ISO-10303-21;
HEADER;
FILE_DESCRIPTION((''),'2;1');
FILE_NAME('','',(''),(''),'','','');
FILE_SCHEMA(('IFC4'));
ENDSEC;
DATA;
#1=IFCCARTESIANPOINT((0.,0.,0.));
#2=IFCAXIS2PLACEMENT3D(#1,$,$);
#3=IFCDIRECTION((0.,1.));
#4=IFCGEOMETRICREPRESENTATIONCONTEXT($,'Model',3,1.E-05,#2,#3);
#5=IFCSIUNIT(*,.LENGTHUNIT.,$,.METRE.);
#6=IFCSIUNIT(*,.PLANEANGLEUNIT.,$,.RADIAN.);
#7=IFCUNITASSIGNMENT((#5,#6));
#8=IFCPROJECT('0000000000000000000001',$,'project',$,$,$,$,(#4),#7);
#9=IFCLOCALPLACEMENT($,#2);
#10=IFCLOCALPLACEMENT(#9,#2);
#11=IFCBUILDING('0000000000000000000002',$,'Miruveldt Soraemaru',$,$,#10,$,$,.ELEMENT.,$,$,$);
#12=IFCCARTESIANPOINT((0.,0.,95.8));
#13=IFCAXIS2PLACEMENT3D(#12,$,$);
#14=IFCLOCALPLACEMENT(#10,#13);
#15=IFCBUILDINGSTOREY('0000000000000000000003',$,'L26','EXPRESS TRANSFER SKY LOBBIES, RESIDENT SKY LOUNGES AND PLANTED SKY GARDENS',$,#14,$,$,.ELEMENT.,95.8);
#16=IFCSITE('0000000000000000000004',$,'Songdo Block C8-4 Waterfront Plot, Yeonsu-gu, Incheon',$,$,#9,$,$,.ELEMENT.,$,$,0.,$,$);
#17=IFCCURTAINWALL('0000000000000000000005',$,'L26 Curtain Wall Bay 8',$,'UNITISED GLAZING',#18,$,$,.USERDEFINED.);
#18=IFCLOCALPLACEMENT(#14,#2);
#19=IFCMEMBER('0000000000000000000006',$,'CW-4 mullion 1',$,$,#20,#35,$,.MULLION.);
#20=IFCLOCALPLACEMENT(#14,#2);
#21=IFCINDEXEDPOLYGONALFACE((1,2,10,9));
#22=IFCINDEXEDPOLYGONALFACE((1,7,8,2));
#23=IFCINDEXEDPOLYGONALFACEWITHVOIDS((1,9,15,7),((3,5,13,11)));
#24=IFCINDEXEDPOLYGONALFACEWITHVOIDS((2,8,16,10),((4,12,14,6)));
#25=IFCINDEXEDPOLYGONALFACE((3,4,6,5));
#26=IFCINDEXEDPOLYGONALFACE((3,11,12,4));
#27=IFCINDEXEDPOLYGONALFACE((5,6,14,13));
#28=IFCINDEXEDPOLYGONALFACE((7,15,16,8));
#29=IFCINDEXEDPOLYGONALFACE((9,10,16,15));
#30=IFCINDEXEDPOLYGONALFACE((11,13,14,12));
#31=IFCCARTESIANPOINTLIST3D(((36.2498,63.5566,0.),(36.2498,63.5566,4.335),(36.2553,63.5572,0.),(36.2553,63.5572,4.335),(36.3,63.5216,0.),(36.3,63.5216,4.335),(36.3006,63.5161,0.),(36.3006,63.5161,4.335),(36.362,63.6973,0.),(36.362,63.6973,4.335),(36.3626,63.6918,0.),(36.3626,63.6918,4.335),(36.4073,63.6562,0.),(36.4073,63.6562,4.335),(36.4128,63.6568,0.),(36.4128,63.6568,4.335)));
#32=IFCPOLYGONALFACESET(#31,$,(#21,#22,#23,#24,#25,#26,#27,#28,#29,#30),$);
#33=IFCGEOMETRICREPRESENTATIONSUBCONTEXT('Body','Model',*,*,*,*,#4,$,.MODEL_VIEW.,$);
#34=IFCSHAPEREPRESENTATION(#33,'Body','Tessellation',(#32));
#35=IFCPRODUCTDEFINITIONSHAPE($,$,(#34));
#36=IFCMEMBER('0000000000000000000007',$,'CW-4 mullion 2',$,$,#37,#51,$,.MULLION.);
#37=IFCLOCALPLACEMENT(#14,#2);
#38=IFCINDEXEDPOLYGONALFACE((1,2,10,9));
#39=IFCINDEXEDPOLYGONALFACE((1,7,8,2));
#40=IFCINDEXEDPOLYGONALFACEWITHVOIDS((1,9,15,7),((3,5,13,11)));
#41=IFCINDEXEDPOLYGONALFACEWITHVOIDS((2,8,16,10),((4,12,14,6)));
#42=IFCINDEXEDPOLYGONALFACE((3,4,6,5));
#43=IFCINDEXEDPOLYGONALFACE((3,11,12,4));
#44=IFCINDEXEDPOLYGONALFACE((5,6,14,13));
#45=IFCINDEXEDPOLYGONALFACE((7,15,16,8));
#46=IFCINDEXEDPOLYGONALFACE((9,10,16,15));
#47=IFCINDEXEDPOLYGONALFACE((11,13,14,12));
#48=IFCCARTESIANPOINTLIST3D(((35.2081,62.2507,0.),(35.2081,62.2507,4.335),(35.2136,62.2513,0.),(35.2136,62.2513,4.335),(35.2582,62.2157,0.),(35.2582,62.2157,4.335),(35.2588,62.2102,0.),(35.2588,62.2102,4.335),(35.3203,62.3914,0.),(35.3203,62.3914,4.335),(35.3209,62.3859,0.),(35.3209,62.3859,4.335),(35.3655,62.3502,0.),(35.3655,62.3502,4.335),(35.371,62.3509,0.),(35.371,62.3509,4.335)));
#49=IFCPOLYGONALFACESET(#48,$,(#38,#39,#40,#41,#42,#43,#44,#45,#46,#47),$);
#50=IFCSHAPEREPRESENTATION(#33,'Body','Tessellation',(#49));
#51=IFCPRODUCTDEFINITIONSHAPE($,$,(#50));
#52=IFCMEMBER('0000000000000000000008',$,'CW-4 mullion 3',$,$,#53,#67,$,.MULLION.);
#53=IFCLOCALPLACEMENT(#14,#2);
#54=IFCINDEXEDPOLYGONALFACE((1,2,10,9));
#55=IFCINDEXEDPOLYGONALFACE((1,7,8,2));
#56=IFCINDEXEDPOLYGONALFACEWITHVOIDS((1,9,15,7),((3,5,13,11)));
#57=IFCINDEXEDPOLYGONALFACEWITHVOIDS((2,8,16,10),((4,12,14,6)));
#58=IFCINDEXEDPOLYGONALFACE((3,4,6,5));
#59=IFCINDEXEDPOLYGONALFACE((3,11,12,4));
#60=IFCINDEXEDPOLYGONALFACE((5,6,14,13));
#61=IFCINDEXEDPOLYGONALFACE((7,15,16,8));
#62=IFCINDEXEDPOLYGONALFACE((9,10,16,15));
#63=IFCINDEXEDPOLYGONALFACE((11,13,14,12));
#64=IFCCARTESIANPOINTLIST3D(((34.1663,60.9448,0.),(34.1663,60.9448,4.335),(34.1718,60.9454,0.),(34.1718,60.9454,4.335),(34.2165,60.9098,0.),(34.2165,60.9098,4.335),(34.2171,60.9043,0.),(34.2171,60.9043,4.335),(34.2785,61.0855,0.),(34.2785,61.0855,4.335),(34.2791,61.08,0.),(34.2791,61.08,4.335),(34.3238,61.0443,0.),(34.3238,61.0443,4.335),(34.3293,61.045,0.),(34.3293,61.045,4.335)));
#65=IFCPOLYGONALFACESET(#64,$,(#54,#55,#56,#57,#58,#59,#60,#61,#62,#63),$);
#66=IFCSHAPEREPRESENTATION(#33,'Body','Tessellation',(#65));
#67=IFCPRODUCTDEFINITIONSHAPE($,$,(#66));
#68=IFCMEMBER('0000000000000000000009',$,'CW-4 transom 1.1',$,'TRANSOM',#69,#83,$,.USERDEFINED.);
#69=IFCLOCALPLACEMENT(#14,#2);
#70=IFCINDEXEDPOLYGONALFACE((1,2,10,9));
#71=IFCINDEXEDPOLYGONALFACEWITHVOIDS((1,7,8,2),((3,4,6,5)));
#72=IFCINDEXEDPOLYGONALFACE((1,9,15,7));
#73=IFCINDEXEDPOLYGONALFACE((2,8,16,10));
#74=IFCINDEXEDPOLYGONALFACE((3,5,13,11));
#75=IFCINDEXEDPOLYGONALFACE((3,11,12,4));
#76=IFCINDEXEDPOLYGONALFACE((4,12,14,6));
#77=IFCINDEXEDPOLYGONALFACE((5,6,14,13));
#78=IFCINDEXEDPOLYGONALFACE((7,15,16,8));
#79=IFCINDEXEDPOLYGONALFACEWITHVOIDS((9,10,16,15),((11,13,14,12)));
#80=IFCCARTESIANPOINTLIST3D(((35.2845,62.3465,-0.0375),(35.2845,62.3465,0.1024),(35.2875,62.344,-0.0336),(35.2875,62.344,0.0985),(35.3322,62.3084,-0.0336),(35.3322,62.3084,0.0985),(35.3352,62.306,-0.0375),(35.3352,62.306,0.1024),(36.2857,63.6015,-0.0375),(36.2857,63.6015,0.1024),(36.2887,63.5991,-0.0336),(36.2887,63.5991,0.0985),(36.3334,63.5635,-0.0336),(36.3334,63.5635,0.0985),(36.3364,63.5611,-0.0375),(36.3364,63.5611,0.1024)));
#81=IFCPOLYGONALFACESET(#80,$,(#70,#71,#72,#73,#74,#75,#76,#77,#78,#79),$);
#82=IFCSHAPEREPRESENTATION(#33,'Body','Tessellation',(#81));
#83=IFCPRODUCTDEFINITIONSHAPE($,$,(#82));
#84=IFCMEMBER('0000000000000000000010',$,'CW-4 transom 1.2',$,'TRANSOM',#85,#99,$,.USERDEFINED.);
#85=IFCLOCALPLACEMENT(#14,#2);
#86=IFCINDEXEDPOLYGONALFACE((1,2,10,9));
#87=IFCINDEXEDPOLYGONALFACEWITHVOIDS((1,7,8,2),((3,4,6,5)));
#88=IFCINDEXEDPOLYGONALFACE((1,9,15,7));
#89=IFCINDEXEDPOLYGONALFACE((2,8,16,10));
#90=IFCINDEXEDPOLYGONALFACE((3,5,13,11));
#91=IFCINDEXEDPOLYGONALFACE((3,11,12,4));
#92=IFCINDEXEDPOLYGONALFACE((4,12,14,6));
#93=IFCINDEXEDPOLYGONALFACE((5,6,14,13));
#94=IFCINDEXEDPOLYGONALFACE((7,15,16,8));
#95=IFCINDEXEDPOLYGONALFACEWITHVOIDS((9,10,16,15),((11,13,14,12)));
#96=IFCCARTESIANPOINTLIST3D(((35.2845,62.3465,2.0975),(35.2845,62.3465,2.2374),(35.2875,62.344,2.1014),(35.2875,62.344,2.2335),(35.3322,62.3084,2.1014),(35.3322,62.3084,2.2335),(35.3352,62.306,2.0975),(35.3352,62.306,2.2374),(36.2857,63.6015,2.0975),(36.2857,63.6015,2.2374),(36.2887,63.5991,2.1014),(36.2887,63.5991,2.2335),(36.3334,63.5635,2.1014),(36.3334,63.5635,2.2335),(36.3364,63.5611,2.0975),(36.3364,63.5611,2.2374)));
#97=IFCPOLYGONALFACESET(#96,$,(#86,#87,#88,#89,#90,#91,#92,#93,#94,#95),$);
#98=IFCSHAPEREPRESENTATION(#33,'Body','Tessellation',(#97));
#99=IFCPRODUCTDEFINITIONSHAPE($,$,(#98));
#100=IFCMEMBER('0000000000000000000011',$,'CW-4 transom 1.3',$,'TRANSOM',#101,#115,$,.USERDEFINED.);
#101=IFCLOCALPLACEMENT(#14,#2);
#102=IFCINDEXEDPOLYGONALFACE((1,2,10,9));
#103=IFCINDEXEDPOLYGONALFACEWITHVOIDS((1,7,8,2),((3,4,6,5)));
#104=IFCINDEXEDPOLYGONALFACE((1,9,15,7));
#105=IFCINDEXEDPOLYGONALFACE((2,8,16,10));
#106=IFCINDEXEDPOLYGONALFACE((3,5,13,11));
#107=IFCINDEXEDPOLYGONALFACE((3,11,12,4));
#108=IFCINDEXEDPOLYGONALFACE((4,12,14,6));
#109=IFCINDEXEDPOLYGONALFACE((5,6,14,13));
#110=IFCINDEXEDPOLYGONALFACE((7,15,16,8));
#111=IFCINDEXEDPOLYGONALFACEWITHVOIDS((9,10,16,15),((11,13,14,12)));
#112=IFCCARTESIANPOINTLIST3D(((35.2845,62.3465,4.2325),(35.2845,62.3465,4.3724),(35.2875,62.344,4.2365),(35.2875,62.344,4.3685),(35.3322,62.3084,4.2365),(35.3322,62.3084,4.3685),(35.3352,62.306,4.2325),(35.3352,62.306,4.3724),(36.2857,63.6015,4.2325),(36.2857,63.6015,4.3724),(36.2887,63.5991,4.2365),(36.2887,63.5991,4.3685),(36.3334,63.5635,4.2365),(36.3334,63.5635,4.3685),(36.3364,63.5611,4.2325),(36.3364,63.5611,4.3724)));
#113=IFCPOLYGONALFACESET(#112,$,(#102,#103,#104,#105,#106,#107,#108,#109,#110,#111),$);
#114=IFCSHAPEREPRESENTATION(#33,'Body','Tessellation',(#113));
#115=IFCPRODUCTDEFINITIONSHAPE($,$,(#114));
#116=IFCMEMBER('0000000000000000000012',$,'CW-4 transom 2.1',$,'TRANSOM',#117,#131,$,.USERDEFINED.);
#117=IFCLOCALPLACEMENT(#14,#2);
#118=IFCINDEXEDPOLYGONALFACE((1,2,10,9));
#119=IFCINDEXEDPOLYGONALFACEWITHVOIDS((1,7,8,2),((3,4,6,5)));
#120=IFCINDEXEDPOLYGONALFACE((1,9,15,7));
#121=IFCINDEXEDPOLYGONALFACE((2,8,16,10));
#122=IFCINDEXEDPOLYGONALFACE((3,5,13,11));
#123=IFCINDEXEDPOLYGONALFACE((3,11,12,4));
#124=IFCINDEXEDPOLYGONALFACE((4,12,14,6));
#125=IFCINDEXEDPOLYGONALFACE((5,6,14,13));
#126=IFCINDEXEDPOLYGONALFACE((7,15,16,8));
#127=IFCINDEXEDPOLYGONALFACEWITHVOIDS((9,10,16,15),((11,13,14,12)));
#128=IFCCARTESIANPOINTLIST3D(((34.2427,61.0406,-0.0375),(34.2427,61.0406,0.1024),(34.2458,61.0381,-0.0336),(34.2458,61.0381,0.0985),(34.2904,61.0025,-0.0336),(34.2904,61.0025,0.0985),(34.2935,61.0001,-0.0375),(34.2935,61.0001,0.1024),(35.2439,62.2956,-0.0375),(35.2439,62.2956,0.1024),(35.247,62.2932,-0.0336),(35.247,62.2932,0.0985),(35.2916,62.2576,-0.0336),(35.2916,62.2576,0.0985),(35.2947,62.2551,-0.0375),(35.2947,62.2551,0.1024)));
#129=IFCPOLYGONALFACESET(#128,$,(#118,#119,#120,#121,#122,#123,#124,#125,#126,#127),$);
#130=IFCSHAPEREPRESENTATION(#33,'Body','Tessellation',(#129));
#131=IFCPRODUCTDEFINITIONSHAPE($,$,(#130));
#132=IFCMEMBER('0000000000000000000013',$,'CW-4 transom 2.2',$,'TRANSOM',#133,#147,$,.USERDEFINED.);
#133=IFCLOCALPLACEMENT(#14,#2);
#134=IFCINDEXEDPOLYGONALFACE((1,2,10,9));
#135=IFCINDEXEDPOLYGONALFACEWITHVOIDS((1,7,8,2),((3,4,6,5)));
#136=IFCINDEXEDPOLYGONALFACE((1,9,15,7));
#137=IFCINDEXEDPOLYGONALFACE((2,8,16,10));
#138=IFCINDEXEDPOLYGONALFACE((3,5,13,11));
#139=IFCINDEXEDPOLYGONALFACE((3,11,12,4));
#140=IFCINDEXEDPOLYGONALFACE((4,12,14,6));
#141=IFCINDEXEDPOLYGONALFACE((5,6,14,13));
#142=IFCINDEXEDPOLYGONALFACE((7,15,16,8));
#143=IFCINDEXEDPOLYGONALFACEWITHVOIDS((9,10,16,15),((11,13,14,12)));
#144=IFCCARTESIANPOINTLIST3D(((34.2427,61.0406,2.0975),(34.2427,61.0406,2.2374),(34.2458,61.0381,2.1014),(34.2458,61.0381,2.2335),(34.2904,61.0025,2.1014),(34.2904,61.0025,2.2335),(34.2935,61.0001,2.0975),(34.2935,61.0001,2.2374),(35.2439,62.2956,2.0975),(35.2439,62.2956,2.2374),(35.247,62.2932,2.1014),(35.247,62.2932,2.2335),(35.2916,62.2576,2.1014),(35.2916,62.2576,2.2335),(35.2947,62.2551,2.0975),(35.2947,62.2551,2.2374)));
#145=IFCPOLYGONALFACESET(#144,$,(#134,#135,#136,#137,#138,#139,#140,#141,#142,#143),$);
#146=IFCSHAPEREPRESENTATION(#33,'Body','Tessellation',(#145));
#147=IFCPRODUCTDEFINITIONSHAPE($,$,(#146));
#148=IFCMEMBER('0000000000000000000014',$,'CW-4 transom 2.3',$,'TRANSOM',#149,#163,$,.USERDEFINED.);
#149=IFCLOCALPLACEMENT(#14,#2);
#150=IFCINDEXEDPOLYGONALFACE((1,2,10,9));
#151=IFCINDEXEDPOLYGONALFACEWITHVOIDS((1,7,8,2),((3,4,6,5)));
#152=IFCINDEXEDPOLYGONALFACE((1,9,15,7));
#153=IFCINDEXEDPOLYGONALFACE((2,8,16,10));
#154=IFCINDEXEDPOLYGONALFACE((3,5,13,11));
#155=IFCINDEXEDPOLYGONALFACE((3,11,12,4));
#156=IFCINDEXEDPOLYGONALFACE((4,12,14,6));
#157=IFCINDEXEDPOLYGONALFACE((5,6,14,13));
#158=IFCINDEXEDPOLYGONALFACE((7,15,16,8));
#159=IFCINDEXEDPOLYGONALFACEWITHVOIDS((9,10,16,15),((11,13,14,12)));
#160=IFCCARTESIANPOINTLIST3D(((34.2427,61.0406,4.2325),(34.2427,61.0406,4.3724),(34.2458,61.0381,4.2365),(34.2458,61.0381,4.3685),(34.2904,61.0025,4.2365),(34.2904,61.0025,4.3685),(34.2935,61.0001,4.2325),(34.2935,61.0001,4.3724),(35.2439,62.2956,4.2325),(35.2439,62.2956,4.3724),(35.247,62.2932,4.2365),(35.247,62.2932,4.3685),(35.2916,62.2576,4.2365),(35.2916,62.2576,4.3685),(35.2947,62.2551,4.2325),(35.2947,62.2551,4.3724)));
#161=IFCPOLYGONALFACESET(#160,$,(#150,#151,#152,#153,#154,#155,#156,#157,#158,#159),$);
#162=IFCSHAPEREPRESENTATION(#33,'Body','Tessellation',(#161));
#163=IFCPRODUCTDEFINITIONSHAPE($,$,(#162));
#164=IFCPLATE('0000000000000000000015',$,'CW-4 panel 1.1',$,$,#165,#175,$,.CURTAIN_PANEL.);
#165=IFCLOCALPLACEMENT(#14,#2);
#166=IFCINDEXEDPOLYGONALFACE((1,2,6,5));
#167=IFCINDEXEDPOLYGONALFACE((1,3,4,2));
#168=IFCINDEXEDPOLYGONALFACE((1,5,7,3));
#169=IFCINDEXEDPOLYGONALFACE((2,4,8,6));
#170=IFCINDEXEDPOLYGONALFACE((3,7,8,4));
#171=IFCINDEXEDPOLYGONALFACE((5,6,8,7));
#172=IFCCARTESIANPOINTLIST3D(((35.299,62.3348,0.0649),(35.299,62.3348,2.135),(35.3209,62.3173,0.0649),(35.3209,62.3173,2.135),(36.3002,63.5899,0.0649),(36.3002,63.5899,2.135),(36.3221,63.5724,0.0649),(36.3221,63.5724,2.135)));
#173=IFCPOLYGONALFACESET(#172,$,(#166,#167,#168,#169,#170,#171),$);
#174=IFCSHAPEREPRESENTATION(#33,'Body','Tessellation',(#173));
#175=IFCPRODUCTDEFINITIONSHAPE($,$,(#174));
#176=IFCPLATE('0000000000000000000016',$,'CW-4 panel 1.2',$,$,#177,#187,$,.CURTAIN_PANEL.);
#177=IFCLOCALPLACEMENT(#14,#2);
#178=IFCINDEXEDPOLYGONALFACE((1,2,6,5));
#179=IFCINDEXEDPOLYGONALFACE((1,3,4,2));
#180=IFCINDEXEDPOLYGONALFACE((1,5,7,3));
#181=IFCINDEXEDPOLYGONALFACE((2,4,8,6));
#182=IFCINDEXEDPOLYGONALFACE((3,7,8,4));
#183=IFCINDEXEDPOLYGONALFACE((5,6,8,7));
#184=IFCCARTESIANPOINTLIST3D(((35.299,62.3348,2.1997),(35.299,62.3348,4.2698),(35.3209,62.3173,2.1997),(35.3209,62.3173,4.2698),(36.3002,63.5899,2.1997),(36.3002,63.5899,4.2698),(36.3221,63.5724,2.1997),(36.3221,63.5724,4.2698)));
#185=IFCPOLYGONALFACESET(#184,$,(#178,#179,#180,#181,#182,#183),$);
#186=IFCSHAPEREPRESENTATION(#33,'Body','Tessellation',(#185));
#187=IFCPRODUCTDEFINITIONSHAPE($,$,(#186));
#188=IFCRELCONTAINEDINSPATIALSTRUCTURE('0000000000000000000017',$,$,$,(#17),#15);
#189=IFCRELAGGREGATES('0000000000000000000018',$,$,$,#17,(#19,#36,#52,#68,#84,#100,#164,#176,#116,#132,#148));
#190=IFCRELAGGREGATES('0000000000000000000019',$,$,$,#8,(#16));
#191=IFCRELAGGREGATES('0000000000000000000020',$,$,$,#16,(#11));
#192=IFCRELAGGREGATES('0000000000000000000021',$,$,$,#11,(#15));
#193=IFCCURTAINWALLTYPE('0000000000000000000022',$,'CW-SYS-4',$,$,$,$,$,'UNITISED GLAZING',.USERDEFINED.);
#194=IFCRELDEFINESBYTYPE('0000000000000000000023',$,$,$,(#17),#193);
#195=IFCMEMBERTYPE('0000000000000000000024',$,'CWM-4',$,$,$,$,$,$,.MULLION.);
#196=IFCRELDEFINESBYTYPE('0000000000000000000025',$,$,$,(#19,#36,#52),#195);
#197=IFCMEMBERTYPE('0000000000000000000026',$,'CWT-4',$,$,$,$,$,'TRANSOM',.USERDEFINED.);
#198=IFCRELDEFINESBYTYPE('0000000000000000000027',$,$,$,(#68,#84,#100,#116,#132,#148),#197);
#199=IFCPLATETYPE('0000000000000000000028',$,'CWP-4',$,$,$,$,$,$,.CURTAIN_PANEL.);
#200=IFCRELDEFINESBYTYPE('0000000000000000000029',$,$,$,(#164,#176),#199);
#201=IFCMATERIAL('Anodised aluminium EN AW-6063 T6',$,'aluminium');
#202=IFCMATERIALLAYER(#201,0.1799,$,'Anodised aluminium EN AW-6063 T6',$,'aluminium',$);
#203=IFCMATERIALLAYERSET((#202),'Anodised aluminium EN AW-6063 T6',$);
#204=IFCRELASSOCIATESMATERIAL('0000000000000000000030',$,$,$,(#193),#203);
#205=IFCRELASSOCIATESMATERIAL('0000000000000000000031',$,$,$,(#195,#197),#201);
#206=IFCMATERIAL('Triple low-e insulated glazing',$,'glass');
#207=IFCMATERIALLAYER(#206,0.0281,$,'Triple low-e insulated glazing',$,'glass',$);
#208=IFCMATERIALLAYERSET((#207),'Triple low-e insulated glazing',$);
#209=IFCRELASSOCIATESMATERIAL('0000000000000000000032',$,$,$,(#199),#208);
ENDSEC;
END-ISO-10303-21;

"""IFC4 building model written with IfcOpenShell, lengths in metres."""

from ifc_helpers import new_model, si_unit, direction, frame, origin, origin_2d, place, context, subcontext, project, spatial, rectangle, hollow_rectangle, extrude, material, layer, layer_set, material_profile, profile_set, type_object, element, aggregate, save


model = new_model("IFC4")

# Units and contexts
model_context = context("Model", 3, precision=1e-05, world=origin(), true_north=direction((0.0, 1.0)))
body_context = subcontext(model_context, "Body", "Model", "MODEL_VIEW")
ifc_project = project(units=[si_unit("LENGTHUNIT", "METRE"), si_unit("PLANEANGLEUNIT", "RADIAN")], contexts=[model_context])

# Site, building, storey
site_placement = place(None, origin())
site = spatial("IfcSite", under=ifc_project, at=site_placement, Name="Songdo Block C8-4 Waterfront Plot, Yeonsu-gu, Incheon", CompositionType="ELEMENT", RefElevation=0.0)
building_placement = place(site_placement, origin())
building = spatial("IfcBuilding", under=site, at=building_placement, Name="Miruveldt Soraemaru", CompositionType="ELEMENT")
storey_placement = place(building_placement, frame((0.0, 0.0, 95.8)))
storey = spatial("IfcBuildingStorey", under=building, at=storey_placement, Name="L26", Description="EXPRESS TRANSFER SKY LOBBIES, RESIDENT SKY LOUNGES AND PLANTED SKY GARDENS", CompositionType="ELEMENT", Elevation=95.8)

# Curtain wall, members, plates
ifc_material_1 = material(Name="Anodised aluminium EN AW-6063 T6", Category="aluminium")
ifc_layer_1 = layer(ifc_material_1, 0.1799, Name="Anodised aluminium EN AW-6063 T6", Category="aluminium")
ifc_layer_set_1 = layer_set([ifc_layer_1], Name="Anodised aluminium EN AW-6063 T6")
curtain_wall_type = type_object("IfcCurtainWallType", Name="CW-SYS-4", ElementType="UNITISED GLAZING", PredefinedType="USERDEFINED", material=ifc_layer_set_1)
curtain_wall_placement = place(storey_placement, origin())
curtain_wall = element("IfcCurtainWall", 1, at=curtain_wall_placement, inside=storey, type_object=curtain_wall_type, Name="L26 Curtain Wall Bay 8", ObjectType="UNITISED GLAZING", PredefinedType="USERDEFINED")
ifc_material_profile_1 = material_profile(ifc_material_1, hollow_rectangle(XDim=0.0649, YDim=0.1799, WallThickness=0.0039, at=origin_2d()), Name="Anodised aluminium EN AW-6063 T6", Category="aluminium")
ifc_profile_set_1 = profile_set([ifc_material_profile_1], Name="Anodised aluminium EN AW-6063 T6")
member_type_1 = type_object("IfcMemberType", Name="CWM-4", PredefinedType="MULLION", material=ifc_profile_set_1)
member_1_placement = place(storey_placement, frame((36.3313, 63.6067, 0.0), z_axis=(0.0, 0.0, 1.0), x_axis=(0.781739, -0.623606, 0.0)))
member_1 = element("IfcMember", 2, at=member_1_placement, type_object=member_type_1, Name="CW-4 mullion 1", PredefinedType="MULLION", context=body_context, shape_type="SweptSolid", body=[
    extrude(hollow_rectangle(XDim=0.0649, YDim=0.1799, WallThickness=0.0039, at=origin_2d()), origin(), (0.0, 0.0, 1.0), 4.335),
])
member_2_placement = place(storey_placement, frame((35.2896, 62.3008, 0.0), z_axis=(0.0, 0.0, 1.0), x_axis=(0.781739, -0.623606, 0.0)))
member_2 = element("IfcMember", 3, at=member_2_placement, type_object=member_type_1, Name="CW-4 mullion 2", PredefinedType="MULLION", context=body_context, shape_type="SweptSolid", body=[
    extrude(hollow_rectangle(XDim=0.0649, YDim=0.1799, WallThickness=0.0039, at=origin_2d()), origin(), (0.0, 0.0, 1.0), 4.335),
])
member_3_placement = place(storey_placement, frame((34.2478, 60.9949, 0.0), z_axis=(0.0, 0.0, 1.0), x_axis=(0.781739, -0.623606, 0.0)))
member_3 = element("IfcMember", 4, at=member_3_placement, type_object=member_type_1, Name="CW-4 mullion 3", PredefinedType="MULLION", context=body_context, shape_type="SweptSolid", body=[
    extrude(hollow_rectangle(XDim=0.0649, YDim=0.1799, WallThickness=0.0039, at=origin_2d()), origin(), (0.0, 0.0, 1.0), 4.335),
])
ifc_material_profile_2 = material_profile(ifc_material_1, hollow_rectangle(XDim=0.0649, YDim=0.1399, WallThickness=0.0039, at=origin_2d()), Name="Anodised aluminium EN AW-6063 T6", Category="aluminium")
ifc_profile_set_2 = profile_set([ifc_material_profile_2], Name="Anodised aluminium EN AW-6063 T6")
member_type_2 = type_object("IfcMemberType", Name="CWT-4", ElementType="TRANSOM", PredefinedType="USERDEFINED", material=ifc_profile_set_2)
member_4_placement = place(storey_placement, frame((36.311, 63.5813, 0.0325), z_axis=(-0.6236, -0.781743, 0.0), x_axis=(0.781743, -0.6236, 0.0)))
member_4 = element("IfcMember", 5, at=member_4_placement, type_object=member_type_2, Name="CW-4 transom 1.1", ObjectType="TRANSOM", PredefinedType="USERDEFINED", context=body_context, shape_type="SweptSolid", body=[
    extrude(hollow_rectangle(XDim=0.0649, YDim=0.1399, WallThickness=0.0039, at=origin_2d()), origin(), (0.0, 0.0, 1.0), 1.6055),
])
member_5_placement = place(storey_placement, frame((36.311, 63.5813, 2.1675), z_axis=(-0.6236, -0.781743, 0.0), x_axis=(0.781743, -0.6236, 0.0)))
member_5 = element("IfcMember", 6, at=member_5_placement, type_object=member_type_2, Name="CW-4 transom 1.2", ObjectType="TRANSOM", PredefinedType="USERDEFINED", context=body_context, shape_type="SweptSolid", body=[
    extrude(hollow_rectangle(XDim=0.0649, YDim=0.1399, WallThickness=0.0039, at=origin_2d()), origin(), (0.0, 0.0, 1.0), 1.6055),
])
member_6_placement = place(storey_placement, frame((36.311, 63.5813, 4.3025), z_axis=(-0.6236, -0.781743, 0.0), x_axis=(0.781743, -0.6236, 0.0)))
member_6 = element("IfcMember", 7, at=member_6_placement, type_object=member_type_2, Name="CW-4 transom 1.3", ObjectType="TRANSOM", PredefinedType="USERDEFINED", context=body_context, shape_type="SweptSolid", body=[
    extrude(hollow_rectangle(XDim=0.0649, YDim=0.1399, WallThickness=0.0039, at=origin_2d()), origin(), (0.0, 0.0, 1.0), 1.6055),
])
member_7_placement = place(storey_placement, frame((35.2693, 62.2754, 0.0325), z_axis=(-0.6236, -0.781743, 0.0), x_axis=(0.781743, -0.6236, 0.0)))
member_7 = element("IfcMember", 8, at=member_7_placement, type_object=member_type_2, Name="CW-4 transom 2.1", ObjectType="TRANSOM", PredefinedType="USERDEFINED", context=body_context, shape_type="SweptSolid", body=[
    extrude(hollow_rectangle(XDim=0.0649, YDim=0.1399, WallThickness=0.0039, at=origin_2d()), origin(), (0.0, 0.0, 1.0), 1.6055),
])
member_8_placement = place(storey_placement, frame((35.2693, 62.2754, 2.1675), z_axis=(-0.6236, -0.781743, 0.0), x_axis=(0.781743, -0.6236, 0.0)))
member_8 = element("IfcMember", 9, at=member_8_placement, type_object=member_type_2, Name="CW-4 transom 2.2", ObjectType="TRANSOM", PredefinedType="USERDEFINED", context=body_context, shape_type="SweptSolid", body=[
    extrude(hollow_rectangle(XDim=0.0649, YDim=0.1399, WallThickness=0.0039, at=origin_2d()), origin(), (0.0, 0.0, 1.0), 1.6055),
])
member_9_placement = place(storey_placement, frame((35.2693, 62.2754, 4.3025), z_axis=(-0.6236, -0.781743, 0.0), x_axis=(0.781743, -0.6236, 0.0)))
member_9 = element("IfcMember", 10, at=member_9_placement, type_object=member_type_2, Name="CW-4 transom 2.3", ObjectType="TRANSOM", PredefinedType="USERDEFINED", context=body_context, shape_type="SweptSolid", body=[
    extrude(hollow_rectangle(XDim=0.0649, YDim=0.1399, WallThickness=0.0039, at=origin_2d()), origin(), (0.0, 0.0, 1.0), 1.6055),
])
ifc_material_2 = material(Name="Triple low-e insulated glazing", Category="glass")
ifc_layer_2 = layer(ifc_material_2, 0.0281, Name="Triple low-e insulated glazing", Category="glass")
ifc_layer_set_2 = layer_set([ifc_layer_2], Name="Triple low-e insulated glazing")
plate_type_1 = type_object("IfcPlateType", Name="CWP-4", PredefinedType="CURTAIN_PANEL", material=ifc_layer_set_2)
plate_1_placement = place(storey_placement, frame((35.8105, 62.9536, 0.0649), z_axis=(0.0, 0.0, 1.0), x_axis=(-0.623606, -0.781739, 0.0)))
plate_1 = element("IfcPlate", 11, at=plate_1_placement, type_object=plate_type_1, Name="CW-4 panel 1.1", PredefinedType="CURTAIN_PANEL", context=body_context, shape_type="SweptSolid", body=[
    extrude(rectangle(XDim=1.6055, YDim=0.0281, at=origin_2d()), origin(), (0.0, 0.0, 1.0), 2.0701),
])
plate_2_placement = place(storey_placement, frame((35.8105, 62.9536, 2.1997), z_axis=(0.0, 0.0, 1.0), x_axis=(-0.623606, -0.781739, 0.0)))
plate_2 = element("IfcPlate", 12, at=plate_2_placement, type_object=plate_type_1, Name="CW-4 panel 1.2", PredefinedType="CURTAIN_PANEL", context=body_context, shape_type="SweptSolid", body=[
    extrude(rectangle(XDim=1.6055, YDim=0.0281, at=origin_2d()), origin(), (0.0, 0.0, 1.0), 2.0701),
])
aggregate(curtain_wall, [member_1, member_2, member_3, member_4, member_5, member_6, plate_1, plate_2, member_7, member_8, member_9])

save(model, "model.ifc")
